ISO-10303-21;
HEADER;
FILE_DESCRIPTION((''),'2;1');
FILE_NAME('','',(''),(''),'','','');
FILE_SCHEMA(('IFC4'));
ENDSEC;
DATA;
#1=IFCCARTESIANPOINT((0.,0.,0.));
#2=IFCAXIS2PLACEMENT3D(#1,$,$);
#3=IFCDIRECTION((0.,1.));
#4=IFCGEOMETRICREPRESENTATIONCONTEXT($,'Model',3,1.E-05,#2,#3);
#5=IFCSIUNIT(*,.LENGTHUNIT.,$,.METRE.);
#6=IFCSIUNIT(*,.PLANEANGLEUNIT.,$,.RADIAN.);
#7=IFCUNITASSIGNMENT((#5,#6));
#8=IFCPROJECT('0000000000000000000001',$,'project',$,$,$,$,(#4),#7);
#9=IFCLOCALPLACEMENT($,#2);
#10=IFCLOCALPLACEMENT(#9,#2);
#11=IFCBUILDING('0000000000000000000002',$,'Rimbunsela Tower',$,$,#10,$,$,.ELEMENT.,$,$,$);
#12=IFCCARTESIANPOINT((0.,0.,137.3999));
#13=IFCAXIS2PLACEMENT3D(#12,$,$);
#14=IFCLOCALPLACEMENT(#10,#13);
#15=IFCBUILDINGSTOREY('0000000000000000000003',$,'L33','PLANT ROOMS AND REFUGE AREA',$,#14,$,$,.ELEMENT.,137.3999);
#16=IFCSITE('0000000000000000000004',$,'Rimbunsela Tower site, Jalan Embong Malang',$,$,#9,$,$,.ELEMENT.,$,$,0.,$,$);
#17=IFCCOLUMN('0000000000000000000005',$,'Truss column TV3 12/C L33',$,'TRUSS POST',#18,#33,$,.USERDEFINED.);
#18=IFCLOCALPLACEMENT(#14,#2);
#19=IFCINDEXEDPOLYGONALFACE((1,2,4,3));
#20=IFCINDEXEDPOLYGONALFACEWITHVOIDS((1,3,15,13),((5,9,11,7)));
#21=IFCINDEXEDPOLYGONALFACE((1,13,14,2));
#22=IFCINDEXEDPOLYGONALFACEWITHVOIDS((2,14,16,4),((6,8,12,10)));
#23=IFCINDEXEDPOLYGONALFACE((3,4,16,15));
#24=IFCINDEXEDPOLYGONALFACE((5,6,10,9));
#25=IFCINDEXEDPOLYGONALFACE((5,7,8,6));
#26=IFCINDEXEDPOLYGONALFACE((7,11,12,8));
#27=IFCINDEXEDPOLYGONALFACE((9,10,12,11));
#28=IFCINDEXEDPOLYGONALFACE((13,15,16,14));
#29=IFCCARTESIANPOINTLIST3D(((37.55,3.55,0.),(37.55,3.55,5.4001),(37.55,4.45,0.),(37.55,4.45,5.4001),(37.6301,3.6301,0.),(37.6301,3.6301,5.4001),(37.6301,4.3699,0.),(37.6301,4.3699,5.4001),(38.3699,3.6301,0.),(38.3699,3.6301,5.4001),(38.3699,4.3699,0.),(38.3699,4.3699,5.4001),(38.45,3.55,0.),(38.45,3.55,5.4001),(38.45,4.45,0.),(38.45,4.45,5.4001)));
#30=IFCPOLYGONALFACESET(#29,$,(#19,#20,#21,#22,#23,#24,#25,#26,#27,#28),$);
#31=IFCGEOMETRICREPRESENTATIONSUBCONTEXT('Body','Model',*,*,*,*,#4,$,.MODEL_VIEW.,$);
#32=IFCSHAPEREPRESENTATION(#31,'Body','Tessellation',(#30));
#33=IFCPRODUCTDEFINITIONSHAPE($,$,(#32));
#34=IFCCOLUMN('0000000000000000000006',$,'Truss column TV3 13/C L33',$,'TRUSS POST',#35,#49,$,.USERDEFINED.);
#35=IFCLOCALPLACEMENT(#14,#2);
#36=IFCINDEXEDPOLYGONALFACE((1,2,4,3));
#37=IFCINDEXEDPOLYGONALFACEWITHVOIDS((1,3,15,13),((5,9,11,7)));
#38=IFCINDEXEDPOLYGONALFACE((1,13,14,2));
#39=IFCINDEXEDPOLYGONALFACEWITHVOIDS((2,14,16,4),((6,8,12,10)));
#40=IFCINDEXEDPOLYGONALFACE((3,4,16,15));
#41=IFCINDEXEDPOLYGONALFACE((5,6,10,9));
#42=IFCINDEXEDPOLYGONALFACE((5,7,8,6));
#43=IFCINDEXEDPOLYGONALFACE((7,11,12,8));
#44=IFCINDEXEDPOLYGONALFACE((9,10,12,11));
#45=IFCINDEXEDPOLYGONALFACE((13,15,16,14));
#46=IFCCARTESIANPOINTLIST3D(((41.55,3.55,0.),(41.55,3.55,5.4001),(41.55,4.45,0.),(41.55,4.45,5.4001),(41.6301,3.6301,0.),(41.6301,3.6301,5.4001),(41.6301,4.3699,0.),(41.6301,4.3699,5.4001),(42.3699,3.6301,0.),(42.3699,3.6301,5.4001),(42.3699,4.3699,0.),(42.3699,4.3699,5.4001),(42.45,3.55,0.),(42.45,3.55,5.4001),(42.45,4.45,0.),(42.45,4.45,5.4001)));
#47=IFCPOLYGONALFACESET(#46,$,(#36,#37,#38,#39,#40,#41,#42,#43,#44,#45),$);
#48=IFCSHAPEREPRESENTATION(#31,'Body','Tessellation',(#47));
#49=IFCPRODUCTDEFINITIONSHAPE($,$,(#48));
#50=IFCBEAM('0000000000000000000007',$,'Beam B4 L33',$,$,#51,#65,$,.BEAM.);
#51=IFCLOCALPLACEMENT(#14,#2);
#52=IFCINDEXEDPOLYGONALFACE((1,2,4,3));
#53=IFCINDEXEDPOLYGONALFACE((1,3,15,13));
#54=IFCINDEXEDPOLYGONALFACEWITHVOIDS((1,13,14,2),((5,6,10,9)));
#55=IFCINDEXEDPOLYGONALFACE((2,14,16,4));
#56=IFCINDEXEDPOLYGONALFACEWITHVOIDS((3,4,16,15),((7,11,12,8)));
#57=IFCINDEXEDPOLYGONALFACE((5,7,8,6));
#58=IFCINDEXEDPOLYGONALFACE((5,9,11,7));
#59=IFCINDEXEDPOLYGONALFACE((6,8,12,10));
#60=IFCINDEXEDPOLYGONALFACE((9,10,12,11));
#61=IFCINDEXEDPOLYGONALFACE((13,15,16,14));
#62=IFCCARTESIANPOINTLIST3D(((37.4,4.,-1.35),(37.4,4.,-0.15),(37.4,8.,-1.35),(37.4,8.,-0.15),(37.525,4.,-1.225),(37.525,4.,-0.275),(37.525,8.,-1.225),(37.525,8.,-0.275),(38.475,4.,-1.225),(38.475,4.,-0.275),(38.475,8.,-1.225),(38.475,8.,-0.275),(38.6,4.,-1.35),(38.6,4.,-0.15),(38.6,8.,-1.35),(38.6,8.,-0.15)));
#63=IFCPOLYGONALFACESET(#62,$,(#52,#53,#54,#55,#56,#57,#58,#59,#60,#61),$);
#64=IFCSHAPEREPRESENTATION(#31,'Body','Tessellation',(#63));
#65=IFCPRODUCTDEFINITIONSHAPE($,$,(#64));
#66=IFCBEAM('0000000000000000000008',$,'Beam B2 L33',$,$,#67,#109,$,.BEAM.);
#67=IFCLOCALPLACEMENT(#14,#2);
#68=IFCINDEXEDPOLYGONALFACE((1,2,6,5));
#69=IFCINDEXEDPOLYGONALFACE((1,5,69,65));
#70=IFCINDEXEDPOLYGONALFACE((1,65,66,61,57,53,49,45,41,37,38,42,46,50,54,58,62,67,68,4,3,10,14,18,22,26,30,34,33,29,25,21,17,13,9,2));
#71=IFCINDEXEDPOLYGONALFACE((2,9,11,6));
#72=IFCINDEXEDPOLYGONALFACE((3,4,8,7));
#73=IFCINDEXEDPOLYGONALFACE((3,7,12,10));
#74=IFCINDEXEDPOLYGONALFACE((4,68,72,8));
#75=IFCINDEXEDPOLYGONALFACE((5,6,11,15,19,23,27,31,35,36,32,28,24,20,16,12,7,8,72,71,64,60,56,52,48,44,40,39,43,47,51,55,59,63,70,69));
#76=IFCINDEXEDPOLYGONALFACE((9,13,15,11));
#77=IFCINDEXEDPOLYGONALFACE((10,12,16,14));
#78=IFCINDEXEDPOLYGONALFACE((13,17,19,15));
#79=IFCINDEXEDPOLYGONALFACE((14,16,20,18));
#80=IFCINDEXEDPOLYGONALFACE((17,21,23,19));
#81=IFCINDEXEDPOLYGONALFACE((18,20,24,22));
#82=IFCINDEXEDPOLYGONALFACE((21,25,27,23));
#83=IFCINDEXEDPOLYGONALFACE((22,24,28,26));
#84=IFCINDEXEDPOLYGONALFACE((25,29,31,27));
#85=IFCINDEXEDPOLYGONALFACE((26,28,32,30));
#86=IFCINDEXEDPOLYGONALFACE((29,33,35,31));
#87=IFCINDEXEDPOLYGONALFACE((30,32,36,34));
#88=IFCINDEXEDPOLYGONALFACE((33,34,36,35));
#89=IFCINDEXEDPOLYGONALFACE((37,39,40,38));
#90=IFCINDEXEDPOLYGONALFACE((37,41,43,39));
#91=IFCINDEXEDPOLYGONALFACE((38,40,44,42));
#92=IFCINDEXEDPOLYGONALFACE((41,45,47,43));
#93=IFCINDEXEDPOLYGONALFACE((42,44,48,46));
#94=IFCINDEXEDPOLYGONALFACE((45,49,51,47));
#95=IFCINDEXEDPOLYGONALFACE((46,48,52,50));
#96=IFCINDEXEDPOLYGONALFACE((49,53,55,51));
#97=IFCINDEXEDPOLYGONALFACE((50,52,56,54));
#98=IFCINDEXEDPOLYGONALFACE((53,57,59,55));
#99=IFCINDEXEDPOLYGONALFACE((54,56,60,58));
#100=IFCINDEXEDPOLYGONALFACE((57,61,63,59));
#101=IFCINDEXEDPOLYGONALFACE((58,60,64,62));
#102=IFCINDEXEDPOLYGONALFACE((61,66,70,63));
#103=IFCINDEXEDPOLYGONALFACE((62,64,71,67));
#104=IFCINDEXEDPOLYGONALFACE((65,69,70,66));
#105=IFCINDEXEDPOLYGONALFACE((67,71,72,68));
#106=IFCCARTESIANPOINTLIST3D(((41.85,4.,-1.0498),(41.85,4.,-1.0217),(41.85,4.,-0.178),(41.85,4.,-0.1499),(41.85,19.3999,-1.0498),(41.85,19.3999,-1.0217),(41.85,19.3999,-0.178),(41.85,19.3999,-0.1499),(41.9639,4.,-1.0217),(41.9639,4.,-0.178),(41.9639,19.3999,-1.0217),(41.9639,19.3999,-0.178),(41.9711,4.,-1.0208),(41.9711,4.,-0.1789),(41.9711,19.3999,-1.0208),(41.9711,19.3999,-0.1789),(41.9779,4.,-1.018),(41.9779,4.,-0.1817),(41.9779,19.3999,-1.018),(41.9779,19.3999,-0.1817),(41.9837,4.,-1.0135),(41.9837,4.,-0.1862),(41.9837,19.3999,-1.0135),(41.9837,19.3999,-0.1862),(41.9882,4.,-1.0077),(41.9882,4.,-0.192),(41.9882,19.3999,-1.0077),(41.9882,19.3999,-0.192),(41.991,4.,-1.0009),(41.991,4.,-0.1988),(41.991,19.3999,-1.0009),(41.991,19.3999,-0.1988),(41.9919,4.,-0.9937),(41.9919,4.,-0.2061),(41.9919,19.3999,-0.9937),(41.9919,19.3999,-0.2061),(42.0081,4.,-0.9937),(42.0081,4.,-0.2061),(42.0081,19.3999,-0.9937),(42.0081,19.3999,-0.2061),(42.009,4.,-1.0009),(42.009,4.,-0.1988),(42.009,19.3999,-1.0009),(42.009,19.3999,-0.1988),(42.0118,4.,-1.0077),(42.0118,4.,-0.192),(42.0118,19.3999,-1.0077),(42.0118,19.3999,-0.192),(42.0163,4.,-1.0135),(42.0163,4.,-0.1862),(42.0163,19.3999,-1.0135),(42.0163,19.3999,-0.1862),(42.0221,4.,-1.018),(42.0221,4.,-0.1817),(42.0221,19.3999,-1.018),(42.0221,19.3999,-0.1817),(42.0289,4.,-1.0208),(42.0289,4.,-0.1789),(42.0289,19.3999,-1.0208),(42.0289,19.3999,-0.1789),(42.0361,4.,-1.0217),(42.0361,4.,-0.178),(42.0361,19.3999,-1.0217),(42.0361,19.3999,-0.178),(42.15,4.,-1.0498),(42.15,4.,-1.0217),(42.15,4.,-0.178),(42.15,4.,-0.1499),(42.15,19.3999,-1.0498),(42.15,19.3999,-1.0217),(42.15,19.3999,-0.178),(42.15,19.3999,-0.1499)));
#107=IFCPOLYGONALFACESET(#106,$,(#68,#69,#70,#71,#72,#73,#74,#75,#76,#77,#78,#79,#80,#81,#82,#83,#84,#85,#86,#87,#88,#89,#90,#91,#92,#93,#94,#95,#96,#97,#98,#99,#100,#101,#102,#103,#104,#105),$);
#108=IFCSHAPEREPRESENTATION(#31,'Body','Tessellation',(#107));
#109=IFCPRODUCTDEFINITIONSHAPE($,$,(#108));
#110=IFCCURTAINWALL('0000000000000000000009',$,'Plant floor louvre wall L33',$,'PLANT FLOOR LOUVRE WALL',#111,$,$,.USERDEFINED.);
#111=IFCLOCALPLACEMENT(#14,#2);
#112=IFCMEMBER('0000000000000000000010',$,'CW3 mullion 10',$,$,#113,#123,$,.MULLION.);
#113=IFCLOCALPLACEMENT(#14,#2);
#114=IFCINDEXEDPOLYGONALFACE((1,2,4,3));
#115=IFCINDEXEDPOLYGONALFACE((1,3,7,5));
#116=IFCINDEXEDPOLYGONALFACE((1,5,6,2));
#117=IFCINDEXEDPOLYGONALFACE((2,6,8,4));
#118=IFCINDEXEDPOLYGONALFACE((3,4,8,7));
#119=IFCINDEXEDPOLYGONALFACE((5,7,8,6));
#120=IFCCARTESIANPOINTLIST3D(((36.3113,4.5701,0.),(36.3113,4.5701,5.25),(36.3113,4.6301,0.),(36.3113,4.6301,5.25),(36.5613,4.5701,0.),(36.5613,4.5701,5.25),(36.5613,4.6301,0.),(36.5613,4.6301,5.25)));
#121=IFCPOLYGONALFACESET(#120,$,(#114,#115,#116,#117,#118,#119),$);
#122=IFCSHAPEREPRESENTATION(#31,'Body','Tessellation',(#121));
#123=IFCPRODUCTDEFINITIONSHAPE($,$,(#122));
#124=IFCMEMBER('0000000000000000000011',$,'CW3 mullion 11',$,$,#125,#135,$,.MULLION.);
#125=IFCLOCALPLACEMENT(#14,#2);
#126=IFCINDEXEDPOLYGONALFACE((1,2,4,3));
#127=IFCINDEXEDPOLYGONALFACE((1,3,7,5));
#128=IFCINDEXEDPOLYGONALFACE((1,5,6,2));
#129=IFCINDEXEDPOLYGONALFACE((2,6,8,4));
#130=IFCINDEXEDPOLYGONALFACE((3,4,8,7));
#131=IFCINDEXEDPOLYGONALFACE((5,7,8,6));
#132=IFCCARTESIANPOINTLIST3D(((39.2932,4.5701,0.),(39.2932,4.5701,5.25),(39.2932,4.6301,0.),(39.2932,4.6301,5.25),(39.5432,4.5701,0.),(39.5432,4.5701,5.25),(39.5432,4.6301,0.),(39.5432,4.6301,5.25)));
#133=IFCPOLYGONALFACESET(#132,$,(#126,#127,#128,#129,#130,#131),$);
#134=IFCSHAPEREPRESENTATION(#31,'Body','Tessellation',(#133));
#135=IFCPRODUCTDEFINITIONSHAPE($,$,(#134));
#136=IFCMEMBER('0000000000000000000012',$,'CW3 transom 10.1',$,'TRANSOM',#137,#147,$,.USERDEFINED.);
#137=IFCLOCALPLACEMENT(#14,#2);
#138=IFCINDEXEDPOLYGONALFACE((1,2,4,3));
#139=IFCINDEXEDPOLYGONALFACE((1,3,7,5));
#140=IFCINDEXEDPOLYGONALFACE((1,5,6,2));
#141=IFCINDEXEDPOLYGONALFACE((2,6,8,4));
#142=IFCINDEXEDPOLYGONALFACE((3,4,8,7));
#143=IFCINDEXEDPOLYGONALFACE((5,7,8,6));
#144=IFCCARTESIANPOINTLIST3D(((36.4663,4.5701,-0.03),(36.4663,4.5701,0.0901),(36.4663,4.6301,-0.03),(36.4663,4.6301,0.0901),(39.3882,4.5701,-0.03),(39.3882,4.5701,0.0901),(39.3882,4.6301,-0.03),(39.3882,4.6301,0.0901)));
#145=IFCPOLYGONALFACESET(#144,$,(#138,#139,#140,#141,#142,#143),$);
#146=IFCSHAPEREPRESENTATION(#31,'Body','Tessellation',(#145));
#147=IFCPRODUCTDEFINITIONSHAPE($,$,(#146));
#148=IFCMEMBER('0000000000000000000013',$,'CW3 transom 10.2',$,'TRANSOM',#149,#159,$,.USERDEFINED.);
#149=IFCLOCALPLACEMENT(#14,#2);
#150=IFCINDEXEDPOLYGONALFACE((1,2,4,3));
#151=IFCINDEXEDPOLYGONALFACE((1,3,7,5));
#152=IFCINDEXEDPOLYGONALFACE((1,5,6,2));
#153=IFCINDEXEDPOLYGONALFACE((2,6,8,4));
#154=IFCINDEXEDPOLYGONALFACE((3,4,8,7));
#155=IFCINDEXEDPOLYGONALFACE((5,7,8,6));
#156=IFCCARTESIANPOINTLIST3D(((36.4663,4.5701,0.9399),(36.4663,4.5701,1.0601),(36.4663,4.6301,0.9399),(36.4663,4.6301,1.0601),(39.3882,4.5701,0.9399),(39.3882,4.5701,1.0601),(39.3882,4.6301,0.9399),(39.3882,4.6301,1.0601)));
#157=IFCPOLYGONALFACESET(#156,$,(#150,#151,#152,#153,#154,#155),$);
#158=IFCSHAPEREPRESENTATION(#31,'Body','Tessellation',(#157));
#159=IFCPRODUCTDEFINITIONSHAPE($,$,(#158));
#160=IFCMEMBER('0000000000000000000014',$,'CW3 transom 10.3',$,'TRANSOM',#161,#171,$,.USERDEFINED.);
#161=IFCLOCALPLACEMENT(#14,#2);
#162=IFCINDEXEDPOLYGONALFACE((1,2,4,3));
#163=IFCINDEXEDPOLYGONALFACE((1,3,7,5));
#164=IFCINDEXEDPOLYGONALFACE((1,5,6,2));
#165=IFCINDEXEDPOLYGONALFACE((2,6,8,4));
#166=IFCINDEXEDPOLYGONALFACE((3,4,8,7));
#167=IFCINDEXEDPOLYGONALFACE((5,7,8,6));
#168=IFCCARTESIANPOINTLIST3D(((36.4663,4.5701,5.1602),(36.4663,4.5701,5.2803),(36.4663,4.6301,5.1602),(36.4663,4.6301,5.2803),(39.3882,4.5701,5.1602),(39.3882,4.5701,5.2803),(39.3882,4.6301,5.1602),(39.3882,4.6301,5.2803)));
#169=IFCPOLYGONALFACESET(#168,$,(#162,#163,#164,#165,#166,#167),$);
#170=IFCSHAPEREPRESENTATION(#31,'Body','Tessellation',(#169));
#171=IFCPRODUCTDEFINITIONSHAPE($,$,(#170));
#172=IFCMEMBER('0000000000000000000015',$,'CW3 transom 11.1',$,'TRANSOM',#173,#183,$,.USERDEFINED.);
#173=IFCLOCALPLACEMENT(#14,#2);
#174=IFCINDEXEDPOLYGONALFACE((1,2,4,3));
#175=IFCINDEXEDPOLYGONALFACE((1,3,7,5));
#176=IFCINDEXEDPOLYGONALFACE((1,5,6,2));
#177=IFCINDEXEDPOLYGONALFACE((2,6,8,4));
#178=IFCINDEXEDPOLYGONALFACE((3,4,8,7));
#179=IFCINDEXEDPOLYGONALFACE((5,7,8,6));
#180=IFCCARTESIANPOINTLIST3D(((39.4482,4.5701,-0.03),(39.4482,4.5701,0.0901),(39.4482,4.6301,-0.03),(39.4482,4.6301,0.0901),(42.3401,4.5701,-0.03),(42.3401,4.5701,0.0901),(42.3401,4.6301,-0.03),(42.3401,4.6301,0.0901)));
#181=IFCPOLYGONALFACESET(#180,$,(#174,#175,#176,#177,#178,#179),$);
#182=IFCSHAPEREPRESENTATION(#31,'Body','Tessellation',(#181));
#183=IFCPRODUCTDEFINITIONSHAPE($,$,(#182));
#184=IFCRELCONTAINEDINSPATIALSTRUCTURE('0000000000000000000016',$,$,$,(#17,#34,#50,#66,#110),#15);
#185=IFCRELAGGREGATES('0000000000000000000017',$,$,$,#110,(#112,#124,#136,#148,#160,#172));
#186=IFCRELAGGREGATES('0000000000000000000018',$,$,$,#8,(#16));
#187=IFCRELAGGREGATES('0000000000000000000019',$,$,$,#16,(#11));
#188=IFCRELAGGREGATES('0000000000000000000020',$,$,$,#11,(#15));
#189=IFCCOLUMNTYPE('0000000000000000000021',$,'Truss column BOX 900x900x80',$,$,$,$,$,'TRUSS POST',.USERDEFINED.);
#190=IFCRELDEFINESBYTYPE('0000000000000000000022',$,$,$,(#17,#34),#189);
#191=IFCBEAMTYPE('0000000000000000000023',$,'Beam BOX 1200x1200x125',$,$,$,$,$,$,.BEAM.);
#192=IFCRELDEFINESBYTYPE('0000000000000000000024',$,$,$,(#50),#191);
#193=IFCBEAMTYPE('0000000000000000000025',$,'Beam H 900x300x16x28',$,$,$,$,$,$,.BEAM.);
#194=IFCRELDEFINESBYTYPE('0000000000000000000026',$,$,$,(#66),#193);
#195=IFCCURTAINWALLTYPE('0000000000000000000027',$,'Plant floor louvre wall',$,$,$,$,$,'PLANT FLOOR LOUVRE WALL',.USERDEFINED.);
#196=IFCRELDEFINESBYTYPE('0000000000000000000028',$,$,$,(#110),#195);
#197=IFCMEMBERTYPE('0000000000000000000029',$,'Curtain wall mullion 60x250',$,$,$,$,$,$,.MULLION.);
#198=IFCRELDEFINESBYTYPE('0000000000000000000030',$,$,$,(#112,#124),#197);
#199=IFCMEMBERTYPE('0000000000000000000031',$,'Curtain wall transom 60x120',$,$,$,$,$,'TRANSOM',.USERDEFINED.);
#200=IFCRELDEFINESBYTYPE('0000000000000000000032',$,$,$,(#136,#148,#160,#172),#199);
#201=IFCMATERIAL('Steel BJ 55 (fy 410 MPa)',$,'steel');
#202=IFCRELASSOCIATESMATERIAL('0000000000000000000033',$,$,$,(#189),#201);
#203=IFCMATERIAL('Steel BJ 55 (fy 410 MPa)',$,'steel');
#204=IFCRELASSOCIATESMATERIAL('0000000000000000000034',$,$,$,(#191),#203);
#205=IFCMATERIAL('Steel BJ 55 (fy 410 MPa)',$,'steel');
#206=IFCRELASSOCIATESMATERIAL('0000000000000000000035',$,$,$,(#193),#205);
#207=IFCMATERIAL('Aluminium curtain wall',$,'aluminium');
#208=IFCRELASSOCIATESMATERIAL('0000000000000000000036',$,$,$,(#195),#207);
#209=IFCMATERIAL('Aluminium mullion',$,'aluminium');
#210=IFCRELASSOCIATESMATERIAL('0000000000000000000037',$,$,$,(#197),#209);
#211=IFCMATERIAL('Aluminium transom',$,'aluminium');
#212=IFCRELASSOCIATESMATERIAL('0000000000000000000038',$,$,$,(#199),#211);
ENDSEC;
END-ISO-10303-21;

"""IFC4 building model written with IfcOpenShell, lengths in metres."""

from ifc_helpers import new_model, si_unit, direction, frame, origin, origin_2d, place, context, subcontext, project, spatial, rectangle, hollow_rectangle, i_section, extrude, material, material_profile, profile_set, type_object, element, aggregate, save


model = new_model("IFC4")

# Units and contexts
model_context = context("Model", 3, precision=1e-05, world=origin(), true_north=direction((0.0, 1.0)))
body_context = subcontext(model_context, "Body", "Model", "MODEL_VIEW")
ifc_project = project(units=[si_unit("LENGTHUNIT", "METRE"), si_unit("PLANEANGLEUNIT", "RADIAN")], contexts=[model_context])

# Site, building, storey
site_placement = place(None, origin())
site = spatial("IfcSite", under=ifc_project, at=site_placement, Name="Rimbunsela Tower site, Jalan Embong Malang", CompositionType="ELEMENT", RefElevation=0.0)
building_placement = place(site_placement, origin())
building = spatial("IfcBuilding", under=site, at=building_placement, Name="Rimbunsela Tower", CompositionType="ELEMENT")
storey_placement = place(building_placement, frame((0.0, 0.0, 137.3999)))
storey = spatial("IfcBuildingStorey", under=building, at=storey_placement, Name="L33", Description="PLANT ROOMS AND REFUGE AREA", CompositionType="ELEMENT", Elevation=137.3999)

# Columns
ifc_material_1 = material(Name="Steel BJ 55 (fy 410 MPa)", Category="steel")
ifc_material_profile_1 = material_profile(ifc_material_1, hollow_rectangle(XDim=0.8999, YDim=0.8999, WallThickness=0.0801, at=origin_2d()), Name="BOX 900x900x80")
ifc_profile_set_1 = profile_set([ifc_material_profile_1], Name="Steel BJ 55 (fy 410 MPa)")
column_type = type_object("IfcColumnType", Name="Truss column BOX 900x900x80", ElementType="TRUSS POST", PredefinedType="USERDEFINED", material=ifc_profile_set_1)
for number, where, z_axis, x_axis, name in (
    (1, (38.0, 4.0, 0.0), (0.0, 0.0, 1.0), (1.0, 0.0, 0.0), "Truss column TV3 12/C L33"),
    (2, (42.0, 4.0, 0.0), (0.0, 0.0, 1.0), (1.0, 0.0, 0.0), "Truss column TV3 13/C L33"),
):
    element("IfcColumn", number, at=place(storey_placement, frame(where, z_axis=z_axis, x_axis=x_axis)), inside=storey, type_object=column_type, Name=name, ObjectType="TRUSS POST", PredefinedType="USERDEFINED", context=body_context, shape_type="SweptSolid", body=[
        extrude(hollow_rectangle(XDim=0.8999, YDim=0.8999, WallThickness=0.0801, at=origin_2d()), origin(), (0.0, 0.0, 1.0), 5.4001),
    ])

# Beams
ifc_material_2 = material(Name="Steel BJ 55 (fy 410 MPa)", Category="steel")
ifc_material_profile_2 = material_profile(ifc_material_2, hollow_rectangle(XDim=1.2, YDim=1.2, WallThickness=0.125, at=origin_2d()), Name="BOX 1200x1200x125")
ifc_profile_set_2 = profile_set([ifc_material_profile_2], Name="Steel BJ 55 (fy 410 MPa)")
beam_type_1 = type_object("IfcBeamType", Name="Beam BOX 1200x1200x125", PredefinedType="BEAM", material=ifc_profile_set_2)
beam_1_placement = place(storey_placement, frame((38.0, 4.0, -0.75), z_axis=(0.0, 1.0, 0.0), x_axis=(-1.0, 0.0, 0.0)))
element("IfcBeam", 3, at=beam_1_placement, inside=storey, type_object=beam_type_1, Name="Beam B4 L33", PredefinedType="BEAM", context=body_context, shape_type="SweptSolid", body=[
    extrude(hollow_rectangle(XDim=1.2, YDim=1.2, WallThickness=0.125, at=origin_2d()), origin(), (0.0, 0.0, 1.0), 4.0),
])
ifc_material_3 = material(Name="Steel BJ 55 (fy 410 MPa)", Category="steel")
ifc_material_profile_3 = material_profile(ifc_material_3, i_section(OverallWidth=0.3, OverallDepth=0.8999, WebThickness=0.0161, FlangeThickness=0.0281, FilletRadius=0.0281, at=origin_2d()), Name="H 900x300x16x28")
ifc_profile_set_3 = profile_set([ifc_material_profile_3], Name="Steel BJ 55 (fy 410 MPa)")
beam_type_2 = type_object("IfcBeamType", Name="Beam H 900x300x16x28", PredefinedType="BEAM", material=ifc_profile_set_3)
beam_2_placement = place(storey_placement, frame((42.0, 4.0, -0.5999), z_axis=(0.0, 1.0, 0.0), x_axis=(-1.0, 0.0, 0.0)))
element("IfcBeam", 4, at=beam_2_placement, inside=storey, type_object=beam_type_2, Name="Beam B2 L33", PredefinedType="BEAM", context=body_context, shape_type="SweptSolid", body=[
    extrude(i_section(OverallWidth=0.3, OverallDepth=0.8999, WebThickness=0.0161, FlangeThickness=0.0281, FilletRadius=0.0281, at=origin_2d()), origin(), (0.0, 0.0, 1.0), 15.3999),
])

# Curtain wall, members
ifc_material_4 = material(Name="Aluminium curtain wall", Category="aluminium")
curtain_wall_type = type_object("IfcCurtainWallType", Name="Plant floor louvre wall", ElementType="PLANT FLOOR LOUVRE WALL", PredefinedType="USERDEFINED", material=ifc_material_4)
curtain_wall_placement = place(storey_placement, origin())
curtain_wall = element("IfcCurtainWall", 5, at=curtain_wall_placement, inside=storey, type_object=curtain_wall_type, Name="Plant floor louvre wall L33", ObjectType="PLANT FLOOR LOUVRE WALL", PredefinedType="USERDEFINED")
ifc_material_5 = material(Name="Aluminium mullion", Category="aluminium")
ifc_material_profile_4 = material_profile(ifc_material_5, rectangle(XDim=0.0601, YDim=0.25, at=origin_2d()), Name="Mullion 60x250")
ifc_profile_set_4 = profile_set([ifc_material_profile_4], Name="Aluminium mullion")
member_type_1 = type_object("IfcMemberType", Name="Curtain wall mullion 60x250", PredefinedType="MULLION", material=ifc_profile_set_4)
member_1_placement = place(storey_placement, frame((36.4363, 4.6001, 0.0), z_axis=(0.0, 0.0, 1.0), x_axis=(0.0, 1.0, 0.0)))
member_1 = element("IfcMember", 6, at=member_1_placement, type_object=member_type_1, Name="CW3 mullion 10", PredefinedType="MULLION", context=body_context, shape_type="SweptSolid", body=[
    extrude(rectangle(XDim=0.0601, YDim=0.25, at=origin_2d()), origin(), (0.0, 0.0, 1.0), 5.25),
])
member_2_placement = place(storey_placement, frame((39.4182, 4.6001, 0.0), z_axis=(0.0, 0.0, 1.0), x_axis=(0.0, 1.0, 0.0)))
member_2 = element("IfcMember", 7, at=member_2_placement, type_object=member_type_1, Name="CW3 mullion 11", PredefinedType="MULLION", context=body_context, shape_type="SweptSolid", body=[
    extrude(rectangle(XDim=0.0601, YDim=0.25, at=origin_2d()), origin(), (0.0, 0.0, 1.0), 5.25),
])
ifc_material_6 = material(Name="Aluminium transom", Category="aluminium")
ifc_material_profile_5 = material_profile(ifc_material_6, rectangle(XDim=0.0601, YDim=0.1201, at=origin_2d()), Name="Transom 60x120")
ifc_profile_set_5 = profile_set([ifc_material_profile_5], Name="Aluminium transom")
member_type_2 = type_object("IfcMemberType", Name="Curtain wall transom 60x120", ElementType="TRANSOM", PredefinedType="USERDEFINED", material=ifc_profile_set_5)
member_3_placement = place(storey_placement, frame((36.4663, 4.6001, 0.03), z_axis=(1.0, 0.0, 0.0), x_axis=(0.0, 1.0, 0.0)))
member_3 = element("IfcMember", 8, at=member_3_placement, type_object=member_type_2, Name="CW3 transom 10.1", ObjectType="TRANSOM", PredefinedType="USERDEFINED", context=body_context, shape_type="SweptSolid", body=[
    extrude(rectangle(XDim=0.0601, YDim=0.1201, at=origin_2d()), origin(), (0.0, 0.0, 1.0), 2.9219),
])
member_4_placement = place(storey_placement, frame((36.4663, 4.6001, 1.0), z_axis=(1.0, 0.0, 0.0), x_axis=(0.0, 1.0, 0.0)))
member_4 = element("IfcMember", 9, at=member_4_placement, type_object=member_type_2, Name="CW3 transom 10.2", ObjectType="TRANSOM", PredefinedType="USERDEFINED", context=body_context, shape_type="SweptSolid", body=[
    extrude(rectangle(XDim=0.0601, YDim=0.1201, at=origin_2d()), origin(), (0.0, 0.0, 1.0), 2.9219),
])
member_5_placement = place(storey_placement, frame((36.4663, 4.6001, 5.2202), z_axis=(1.0, 0.0, 0.0), x_axis=(0.0, 1.0, 0.0)))
member_5 = element("IfcMember", 10, at=member_5_placement, type_object=member_type_2, Name="CW3 transom 10.3", ObjectType="TRANSOM", PredefinedType="USERDEFINED", context=body_context, shape_type="SweptSolid", body=[
    extrude(rectangle(XDim=0.0601, YDim=0.1201, at=origin_2d()), origin(), (0.0, 0.0, 1.0), 2.9219),
])
member_6_placement = place(storey_placement, frame((39.4482, 4.6001, 0.03), z_axis=(1.0, 0.0, 0.0), x_axis=(0.0, 1.0, 0.0)))
member_6 = element("IfcMember", 11, at=member_6_placement, type_object=member_type_2, Name="CW3 transom 11.1", ObjectType="TRANSOM", PredefinedType="USERDEFINED", context=body_context, shape_type="SweptSolid", body=[
    extrude(rectangle(XDim=0.0601, YDim=0.1201, at=origin_2d()), origin(), (0.0, 0.0, 1.0), 2.8918),
])

aggregate(curtain_wall, [member_1, member_2, member_3, member_4, member_5, member_6])

save(model, "model.ifc")
